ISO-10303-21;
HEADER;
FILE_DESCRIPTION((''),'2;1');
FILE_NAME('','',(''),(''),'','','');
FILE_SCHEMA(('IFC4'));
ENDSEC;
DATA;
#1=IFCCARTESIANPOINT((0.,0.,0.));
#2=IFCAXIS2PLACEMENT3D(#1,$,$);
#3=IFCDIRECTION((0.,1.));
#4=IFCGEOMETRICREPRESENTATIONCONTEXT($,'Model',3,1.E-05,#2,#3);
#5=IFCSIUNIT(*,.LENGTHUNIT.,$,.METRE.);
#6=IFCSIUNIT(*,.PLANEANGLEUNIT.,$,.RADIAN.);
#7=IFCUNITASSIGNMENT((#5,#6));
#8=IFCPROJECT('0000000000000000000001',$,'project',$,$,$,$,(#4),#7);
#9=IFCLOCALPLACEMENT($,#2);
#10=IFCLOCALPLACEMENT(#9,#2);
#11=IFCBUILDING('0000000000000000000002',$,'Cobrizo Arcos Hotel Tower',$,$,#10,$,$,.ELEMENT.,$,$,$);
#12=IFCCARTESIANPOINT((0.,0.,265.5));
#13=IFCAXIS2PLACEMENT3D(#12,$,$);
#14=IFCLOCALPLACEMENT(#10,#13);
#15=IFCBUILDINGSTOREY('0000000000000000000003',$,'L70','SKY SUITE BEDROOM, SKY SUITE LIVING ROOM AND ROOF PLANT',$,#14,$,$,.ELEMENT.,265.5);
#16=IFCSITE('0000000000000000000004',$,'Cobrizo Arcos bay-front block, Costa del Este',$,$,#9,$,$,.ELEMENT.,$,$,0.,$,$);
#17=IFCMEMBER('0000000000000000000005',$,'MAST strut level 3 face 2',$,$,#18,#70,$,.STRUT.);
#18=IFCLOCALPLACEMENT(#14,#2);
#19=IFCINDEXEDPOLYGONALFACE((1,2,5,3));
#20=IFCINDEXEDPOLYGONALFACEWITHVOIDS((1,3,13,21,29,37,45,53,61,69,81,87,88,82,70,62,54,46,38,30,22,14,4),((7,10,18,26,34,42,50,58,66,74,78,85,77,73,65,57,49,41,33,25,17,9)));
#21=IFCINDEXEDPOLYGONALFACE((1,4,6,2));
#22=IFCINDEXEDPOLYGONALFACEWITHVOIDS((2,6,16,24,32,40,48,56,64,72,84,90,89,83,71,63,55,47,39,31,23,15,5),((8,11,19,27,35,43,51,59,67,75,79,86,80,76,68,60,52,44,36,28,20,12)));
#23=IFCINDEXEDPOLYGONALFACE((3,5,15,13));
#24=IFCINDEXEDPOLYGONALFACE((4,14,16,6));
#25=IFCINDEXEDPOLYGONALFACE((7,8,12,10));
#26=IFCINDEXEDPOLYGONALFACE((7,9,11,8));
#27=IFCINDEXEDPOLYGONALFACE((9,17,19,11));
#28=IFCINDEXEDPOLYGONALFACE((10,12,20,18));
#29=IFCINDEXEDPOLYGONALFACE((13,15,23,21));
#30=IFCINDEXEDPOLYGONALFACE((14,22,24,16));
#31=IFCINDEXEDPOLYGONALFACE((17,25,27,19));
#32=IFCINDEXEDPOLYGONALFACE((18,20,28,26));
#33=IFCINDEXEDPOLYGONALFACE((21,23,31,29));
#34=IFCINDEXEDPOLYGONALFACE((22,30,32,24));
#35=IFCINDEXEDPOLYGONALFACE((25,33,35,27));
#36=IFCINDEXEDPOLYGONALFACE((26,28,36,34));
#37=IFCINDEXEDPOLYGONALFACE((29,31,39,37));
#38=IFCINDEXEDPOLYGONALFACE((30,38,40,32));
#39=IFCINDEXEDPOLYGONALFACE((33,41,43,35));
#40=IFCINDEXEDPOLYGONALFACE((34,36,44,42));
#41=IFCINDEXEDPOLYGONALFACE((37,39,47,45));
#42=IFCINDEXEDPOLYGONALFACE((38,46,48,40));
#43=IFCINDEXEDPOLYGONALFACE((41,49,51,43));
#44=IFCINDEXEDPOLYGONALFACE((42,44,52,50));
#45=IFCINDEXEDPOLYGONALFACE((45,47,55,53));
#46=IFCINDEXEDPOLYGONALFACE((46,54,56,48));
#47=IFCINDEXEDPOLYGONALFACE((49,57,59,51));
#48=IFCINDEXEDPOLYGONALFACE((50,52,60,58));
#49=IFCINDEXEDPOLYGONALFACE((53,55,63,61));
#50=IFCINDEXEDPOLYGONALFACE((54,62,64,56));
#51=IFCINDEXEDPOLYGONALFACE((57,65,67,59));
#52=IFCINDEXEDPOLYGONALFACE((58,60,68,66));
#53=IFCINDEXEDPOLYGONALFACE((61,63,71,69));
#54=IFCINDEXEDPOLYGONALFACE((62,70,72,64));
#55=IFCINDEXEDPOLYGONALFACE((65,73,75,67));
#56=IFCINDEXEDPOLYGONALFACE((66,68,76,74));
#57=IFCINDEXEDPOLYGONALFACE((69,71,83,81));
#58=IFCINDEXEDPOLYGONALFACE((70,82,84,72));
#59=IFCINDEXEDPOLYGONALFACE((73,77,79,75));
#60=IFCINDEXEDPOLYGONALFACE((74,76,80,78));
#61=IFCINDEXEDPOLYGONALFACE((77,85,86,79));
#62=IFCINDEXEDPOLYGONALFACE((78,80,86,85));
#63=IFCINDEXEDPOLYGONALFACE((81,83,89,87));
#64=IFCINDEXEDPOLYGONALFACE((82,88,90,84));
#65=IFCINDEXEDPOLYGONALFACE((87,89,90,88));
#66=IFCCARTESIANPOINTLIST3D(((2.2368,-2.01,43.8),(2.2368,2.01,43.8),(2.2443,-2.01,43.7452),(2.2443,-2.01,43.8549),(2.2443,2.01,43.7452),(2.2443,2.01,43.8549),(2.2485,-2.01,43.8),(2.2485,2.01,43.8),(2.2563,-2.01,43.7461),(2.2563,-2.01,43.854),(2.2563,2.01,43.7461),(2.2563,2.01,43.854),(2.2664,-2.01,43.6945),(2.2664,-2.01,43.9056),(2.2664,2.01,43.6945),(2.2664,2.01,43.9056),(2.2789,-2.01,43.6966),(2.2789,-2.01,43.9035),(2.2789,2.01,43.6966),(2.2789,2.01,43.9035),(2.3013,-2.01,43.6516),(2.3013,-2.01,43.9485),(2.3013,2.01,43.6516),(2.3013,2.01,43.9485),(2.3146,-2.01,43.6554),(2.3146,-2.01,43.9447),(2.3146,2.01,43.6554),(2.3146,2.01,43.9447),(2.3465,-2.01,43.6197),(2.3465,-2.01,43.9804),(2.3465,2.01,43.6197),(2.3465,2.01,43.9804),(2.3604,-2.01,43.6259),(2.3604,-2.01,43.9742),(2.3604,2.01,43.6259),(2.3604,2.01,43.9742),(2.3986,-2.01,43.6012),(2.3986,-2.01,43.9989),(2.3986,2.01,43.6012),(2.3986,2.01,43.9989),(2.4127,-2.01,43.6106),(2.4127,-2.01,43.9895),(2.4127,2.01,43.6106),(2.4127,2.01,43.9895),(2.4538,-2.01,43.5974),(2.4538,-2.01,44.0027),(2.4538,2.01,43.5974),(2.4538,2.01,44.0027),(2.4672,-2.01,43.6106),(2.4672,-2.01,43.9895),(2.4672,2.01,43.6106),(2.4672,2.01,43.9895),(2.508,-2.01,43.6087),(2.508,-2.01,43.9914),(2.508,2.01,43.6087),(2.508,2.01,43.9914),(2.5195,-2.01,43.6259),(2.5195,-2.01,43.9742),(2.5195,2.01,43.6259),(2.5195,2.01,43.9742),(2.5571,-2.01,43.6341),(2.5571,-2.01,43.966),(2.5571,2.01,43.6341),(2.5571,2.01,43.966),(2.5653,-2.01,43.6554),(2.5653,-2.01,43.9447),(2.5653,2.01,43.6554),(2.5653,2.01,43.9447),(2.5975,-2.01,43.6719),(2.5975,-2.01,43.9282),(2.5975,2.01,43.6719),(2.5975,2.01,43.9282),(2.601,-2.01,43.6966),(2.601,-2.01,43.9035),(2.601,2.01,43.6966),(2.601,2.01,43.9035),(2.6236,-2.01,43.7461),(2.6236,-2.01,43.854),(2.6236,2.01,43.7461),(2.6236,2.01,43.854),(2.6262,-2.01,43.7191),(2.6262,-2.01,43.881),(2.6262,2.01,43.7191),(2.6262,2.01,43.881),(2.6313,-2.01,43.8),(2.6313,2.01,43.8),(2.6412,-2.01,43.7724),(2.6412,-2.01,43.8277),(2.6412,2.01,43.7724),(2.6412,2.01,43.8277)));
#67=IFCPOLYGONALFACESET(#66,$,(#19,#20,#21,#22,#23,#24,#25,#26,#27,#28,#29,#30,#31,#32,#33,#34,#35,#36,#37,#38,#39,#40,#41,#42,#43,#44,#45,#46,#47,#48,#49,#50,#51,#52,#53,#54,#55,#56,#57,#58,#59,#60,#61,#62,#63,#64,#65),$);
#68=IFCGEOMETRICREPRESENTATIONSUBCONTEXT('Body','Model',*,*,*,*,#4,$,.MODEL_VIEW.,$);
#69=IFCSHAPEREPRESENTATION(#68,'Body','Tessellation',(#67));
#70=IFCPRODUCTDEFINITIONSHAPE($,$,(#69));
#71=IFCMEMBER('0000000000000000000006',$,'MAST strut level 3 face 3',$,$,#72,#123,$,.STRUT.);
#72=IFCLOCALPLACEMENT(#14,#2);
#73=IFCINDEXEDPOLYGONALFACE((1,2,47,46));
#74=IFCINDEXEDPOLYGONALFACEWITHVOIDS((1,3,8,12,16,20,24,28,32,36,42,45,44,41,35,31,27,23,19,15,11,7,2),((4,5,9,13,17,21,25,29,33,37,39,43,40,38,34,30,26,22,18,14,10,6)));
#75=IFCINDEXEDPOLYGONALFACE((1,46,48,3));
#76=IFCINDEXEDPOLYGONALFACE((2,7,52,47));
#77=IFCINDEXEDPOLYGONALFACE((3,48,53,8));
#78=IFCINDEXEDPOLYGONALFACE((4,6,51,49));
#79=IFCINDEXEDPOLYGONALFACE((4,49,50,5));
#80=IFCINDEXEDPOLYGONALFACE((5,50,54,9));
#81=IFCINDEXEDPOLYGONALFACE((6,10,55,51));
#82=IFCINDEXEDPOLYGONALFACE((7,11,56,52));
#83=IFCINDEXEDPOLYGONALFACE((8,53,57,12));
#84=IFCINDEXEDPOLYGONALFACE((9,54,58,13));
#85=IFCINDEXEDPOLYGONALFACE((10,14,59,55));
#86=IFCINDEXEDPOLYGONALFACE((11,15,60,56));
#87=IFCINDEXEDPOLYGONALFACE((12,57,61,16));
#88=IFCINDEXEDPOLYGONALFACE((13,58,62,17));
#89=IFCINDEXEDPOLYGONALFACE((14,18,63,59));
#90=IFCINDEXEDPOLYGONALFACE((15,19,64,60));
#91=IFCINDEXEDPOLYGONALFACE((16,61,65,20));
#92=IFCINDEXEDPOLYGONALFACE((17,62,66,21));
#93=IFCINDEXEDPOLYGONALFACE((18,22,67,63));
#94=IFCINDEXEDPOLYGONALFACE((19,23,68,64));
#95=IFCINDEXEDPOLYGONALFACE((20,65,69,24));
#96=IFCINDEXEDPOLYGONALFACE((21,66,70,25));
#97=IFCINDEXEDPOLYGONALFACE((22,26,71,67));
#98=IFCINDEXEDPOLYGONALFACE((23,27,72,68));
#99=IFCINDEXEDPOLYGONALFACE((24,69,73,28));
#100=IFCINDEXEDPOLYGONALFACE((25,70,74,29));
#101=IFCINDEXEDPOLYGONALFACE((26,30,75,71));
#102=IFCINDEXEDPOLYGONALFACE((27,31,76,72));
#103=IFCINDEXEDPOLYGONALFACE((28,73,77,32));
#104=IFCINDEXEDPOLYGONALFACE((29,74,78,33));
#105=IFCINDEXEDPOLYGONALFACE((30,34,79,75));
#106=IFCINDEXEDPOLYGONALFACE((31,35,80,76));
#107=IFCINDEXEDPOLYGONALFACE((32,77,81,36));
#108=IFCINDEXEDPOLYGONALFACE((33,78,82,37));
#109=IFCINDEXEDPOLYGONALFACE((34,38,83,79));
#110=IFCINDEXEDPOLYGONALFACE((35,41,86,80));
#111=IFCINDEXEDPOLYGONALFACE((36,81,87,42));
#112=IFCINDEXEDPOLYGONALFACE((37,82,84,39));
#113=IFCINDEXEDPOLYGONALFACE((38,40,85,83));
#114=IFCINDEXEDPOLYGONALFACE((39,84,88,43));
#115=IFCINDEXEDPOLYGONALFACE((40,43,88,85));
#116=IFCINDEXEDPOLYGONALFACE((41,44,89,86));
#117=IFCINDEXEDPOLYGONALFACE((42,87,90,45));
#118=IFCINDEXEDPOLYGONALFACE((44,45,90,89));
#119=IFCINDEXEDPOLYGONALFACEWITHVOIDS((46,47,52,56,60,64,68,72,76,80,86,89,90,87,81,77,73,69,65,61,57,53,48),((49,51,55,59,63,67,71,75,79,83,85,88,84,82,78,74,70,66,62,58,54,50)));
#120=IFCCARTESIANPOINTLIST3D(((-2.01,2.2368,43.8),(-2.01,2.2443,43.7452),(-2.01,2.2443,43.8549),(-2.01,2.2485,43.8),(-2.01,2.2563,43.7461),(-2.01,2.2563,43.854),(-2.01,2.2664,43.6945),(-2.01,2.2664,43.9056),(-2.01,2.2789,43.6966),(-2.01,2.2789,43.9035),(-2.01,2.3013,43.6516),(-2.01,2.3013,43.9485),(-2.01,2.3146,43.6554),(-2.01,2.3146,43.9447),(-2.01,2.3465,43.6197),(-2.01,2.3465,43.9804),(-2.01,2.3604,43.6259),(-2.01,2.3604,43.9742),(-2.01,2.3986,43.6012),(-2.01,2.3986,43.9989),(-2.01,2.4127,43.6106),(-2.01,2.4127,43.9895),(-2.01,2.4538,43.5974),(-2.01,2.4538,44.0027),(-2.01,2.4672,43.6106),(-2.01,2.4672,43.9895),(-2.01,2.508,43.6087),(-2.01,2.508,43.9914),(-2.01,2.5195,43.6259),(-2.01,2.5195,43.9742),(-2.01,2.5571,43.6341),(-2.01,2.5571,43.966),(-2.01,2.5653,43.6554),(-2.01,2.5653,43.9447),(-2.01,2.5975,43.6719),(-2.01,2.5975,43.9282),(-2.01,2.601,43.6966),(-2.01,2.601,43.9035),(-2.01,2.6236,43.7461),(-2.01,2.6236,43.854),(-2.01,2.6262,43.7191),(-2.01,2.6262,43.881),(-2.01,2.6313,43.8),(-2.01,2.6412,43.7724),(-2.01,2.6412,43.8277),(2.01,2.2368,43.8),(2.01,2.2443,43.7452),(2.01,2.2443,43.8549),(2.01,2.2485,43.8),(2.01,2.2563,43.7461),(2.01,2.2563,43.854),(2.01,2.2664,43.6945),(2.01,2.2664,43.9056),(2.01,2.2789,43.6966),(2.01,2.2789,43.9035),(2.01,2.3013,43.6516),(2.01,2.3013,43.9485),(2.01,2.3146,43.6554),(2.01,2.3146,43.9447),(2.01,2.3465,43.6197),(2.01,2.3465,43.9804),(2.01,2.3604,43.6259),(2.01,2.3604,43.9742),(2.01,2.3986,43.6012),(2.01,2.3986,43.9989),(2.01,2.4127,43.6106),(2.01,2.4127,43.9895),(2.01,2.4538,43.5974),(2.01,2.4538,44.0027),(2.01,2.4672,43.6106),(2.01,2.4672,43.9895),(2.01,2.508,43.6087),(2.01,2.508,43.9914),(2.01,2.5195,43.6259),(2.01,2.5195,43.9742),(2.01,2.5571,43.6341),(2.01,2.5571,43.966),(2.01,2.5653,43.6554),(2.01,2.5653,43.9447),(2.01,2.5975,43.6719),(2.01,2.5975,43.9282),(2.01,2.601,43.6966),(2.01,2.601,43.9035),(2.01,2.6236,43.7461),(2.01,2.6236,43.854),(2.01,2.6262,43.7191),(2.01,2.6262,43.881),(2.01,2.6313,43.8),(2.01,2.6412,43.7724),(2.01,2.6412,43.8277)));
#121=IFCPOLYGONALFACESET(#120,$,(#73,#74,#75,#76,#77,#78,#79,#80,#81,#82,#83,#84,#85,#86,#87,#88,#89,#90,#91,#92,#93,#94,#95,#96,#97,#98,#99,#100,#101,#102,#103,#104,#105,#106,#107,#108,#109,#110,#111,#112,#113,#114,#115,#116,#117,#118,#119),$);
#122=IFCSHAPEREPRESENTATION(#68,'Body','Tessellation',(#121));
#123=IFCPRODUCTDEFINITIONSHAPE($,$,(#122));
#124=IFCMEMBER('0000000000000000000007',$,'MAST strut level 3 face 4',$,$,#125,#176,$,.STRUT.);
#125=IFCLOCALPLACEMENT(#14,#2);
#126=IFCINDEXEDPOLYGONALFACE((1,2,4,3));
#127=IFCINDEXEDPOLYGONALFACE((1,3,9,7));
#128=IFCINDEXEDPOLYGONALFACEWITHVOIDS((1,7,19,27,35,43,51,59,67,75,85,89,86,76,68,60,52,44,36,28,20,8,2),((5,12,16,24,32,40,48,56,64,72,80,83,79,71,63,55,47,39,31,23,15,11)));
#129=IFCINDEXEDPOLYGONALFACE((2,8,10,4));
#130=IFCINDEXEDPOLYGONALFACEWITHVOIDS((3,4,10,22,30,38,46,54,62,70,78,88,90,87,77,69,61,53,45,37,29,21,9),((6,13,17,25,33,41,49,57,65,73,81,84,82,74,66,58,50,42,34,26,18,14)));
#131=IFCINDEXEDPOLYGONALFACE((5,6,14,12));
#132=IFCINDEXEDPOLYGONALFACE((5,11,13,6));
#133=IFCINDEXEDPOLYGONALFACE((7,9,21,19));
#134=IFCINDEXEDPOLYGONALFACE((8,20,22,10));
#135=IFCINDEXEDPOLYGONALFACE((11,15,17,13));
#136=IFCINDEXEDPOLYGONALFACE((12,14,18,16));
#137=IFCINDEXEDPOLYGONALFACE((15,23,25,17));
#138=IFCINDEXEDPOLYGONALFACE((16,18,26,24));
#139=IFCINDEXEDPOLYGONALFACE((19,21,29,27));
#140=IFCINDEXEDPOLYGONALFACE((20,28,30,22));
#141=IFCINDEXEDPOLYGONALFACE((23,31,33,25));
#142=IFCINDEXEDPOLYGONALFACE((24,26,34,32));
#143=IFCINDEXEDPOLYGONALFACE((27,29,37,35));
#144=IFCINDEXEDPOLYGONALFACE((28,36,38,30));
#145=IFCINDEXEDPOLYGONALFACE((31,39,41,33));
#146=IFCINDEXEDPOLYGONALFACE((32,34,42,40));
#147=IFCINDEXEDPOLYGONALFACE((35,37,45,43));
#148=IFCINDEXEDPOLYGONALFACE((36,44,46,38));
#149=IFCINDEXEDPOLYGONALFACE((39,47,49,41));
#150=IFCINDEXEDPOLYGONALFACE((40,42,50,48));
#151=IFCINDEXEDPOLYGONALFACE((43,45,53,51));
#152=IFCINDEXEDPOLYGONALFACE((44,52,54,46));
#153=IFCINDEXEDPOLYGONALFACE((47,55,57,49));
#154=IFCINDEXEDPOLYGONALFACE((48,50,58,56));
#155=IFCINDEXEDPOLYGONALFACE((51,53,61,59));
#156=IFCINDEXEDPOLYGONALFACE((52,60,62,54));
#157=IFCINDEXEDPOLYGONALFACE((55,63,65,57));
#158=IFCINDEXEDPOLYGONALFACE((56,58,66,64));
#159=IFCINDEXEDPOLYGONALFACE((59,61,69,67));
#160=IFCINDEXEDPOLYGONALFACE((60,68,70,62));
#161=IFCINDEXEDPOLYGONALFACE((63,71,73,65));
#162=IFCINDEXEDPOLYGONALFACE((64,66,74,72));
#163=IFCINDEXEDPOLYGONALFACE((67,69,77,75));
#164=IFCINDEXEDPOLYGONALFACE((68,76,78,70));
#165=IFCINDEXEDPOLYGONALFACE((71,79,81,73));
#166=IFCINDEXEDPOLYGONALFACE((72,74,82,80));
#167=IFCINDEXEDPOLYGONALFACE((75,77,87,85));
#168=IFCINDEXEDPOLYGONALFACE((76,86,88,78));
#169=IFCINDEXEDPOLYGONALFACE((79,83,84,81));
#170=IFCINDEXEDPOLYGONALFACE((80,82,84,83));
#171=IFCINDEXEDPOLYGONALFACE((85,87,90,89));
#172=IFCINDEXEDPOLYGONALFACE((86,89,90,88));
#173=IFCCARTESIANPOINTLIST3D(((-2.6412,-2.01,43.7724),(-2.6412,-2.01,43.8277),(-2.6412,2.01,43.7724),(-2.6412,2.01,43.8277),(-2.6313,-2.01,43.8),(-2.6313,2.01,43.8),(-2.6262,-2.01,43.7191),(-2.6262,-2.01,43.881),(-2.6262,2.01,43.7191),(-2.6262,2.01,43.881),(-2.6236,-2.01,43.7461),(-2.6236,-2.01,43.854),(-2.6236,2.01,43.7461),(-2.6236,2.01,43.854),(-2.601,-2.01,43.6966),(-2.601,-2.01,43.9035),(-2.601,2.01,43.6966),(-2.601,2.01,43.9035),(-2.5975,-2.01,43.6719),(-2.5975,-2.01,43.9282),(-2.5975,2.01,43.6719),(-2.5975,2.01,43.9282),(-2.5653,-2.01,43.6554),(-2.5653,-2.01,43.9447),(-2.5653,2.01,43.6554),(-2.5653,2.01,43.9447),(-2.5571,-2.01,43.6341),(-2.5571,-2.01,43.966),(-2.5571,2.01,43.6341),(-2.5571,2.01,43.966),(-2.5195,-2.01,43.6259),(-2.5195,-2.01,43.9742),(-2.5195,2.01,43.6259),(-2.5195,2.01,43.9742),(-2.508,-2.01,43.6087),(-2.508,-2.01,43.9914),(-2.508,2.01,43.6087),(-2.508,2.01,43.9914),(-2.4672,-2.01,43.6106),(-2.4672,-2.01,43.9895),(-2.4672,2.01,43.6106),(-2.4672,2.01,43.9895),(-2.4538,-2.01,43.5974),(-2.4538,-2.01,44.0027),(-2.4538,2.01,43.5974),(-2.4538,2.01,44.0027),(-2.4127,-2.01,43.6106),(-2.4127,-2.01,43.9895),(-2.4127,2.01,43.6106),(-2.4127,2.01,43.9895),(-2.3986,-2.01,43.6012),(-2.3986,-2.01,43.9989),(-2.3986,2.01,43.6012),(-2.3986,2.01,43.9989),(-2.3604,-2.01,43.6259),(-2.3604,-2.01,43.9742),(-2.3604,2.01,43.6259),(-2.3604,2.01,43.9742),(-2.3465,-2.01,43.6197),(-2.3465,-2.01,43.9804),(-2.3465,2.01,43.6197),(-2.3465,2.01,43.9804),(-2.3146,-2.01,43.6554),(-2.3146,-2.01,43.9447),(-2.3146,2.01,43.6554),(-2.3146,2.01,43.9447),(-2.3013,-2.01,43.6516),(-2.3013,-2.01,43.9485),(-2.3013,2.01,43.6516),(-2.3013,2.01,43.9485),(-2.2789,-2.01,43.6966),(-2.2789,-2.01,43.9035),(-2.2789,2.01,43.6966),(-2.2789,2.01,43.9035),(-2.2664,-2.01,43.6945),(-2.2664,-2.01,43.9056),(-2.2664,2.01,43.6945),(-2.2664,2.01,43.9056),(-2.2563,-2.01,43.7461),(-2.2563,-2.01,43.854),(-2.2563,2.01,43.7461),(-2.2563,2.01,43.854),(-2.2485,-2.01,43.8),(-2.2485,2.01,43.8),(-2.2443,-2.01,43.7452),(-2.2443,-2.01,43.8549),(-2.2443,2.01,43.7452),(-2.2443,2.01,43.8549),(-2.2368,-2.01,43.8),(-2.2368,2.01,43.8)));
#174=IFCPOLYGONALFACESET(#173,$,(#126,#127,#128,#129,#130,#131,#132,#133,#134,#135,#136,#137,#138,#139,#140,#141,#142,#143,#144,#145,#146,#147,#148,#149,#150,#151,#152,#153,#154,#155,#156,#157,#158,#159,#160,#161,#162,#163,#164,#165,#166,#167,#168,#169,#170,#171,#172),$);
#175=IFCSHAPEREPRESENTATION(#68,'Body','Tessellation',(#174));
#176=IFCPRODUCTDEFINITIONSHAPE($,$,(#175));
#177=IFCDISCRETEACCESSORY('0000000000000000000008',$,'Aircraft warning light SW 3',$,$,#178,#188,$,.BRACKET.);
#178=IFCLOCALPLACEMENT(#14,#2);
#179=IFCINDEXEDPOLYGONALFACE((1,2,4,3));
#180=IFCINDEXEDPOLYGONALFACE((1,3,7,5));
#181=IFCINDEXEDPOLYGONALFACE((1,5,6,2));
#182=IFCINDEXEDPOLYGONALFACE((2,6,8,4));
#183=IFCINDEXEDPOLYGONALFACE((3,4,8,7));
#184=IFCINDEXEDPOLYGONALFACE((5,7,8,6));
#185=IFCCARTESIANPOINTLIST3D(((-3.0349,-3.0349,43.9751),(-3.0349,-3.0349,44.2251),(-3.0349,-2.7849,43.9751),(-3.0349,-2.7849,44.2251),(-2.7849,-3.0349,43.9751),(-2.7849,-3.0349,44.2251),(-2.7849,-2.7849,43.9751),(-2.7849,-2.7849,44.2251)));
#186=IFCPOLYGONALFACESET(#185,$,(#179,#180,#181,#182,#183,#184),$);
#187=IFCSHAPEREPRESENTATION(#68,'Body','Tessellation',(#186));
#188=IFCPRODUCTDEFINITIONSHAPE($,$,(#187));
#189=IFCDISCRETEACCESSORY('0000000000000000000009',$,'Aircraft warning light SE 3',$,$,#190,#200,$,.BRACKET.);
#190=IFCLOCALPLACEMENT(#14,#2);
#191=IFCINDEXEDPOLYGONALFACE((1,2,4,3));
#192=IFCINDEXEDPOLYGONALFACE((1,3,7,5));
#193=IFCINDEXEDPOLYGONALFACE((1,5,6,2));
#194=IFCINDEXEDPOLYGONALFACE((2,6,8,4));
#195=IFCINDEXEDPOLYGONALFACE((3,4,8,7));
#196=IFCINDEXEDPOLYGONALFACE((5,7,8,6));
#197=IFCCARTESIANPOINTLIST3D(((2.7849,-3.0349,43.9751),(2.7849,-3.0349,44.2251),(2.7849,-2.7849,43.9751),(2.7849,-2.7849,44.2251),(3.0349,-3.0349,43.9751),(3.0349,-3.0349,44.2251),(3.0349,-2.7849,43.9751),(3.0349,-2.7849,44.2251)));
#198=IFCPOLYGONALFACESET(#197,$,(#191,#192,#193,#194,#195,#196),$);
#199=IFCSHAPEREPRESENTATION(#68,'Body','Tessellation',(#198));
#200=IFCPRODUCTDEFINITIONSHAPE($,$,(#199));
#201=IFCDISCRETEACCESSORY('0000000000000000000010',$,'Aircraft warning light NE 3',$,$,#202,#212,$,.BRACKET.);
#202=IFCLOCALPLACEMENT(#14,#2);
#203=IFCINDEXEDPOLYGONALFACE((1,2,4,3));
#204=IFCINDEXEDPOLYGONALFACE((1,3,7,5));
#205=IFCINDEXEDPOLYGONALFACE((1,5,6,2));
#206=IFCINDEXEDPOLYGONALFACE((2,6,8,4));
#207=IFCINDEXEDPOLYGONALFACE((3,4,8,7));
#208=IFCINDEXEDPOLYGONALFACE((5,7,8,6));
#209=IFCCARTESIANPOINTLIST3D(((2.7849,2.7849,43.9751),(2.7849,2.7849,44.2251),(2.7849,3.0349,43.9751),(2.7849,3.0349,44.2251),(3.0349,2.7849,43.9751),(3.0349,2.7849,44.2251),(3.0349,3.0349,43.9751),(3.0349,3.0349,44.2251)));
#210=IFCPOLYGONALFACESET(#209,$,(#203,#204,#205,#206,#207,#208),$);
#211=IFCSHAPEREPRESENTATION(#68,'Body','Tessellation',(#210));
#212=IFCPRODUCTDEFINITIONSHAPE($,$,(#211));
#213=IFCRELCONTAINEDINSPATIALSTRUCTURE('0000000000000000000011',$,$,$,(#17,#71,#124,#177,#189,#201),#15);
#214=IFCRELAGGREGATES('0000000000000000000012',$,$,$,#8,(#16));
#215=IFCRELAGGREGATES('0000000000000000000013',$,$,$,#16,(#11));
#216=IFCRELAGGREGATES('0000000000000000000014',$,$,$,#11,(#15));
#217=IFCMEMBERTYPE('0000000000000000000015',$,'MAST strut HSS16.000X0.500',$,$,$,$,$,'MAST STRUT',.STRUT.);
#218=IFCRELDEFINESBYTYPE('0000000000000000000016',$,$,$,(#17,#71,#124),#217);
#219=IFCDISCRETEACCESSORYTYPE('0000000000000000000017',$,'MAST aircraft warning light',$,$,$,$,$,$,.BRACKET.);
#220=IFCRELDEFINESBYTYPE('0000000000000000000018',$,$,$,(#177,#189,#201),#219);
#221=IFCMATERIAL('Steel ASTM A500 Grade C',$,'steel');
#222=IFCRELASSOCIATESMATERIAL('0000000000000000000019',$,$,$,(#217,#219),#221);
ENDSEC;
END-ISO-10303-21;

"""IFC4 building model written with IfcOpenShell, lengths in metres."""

from ifc_helpers import new_model, si_unit, direction, frame, origin, origin_2d, place, context, subcontext, project, spatial, rectangle, hollow_circle, extrude, material, material_profile, profile_set, type_object, element, save


model = new_model("IFC4")

# Units and contexts
model_context = context("Model", 3, precision=1e-05, world=origin(), true_north=direction((0.0, 1.0)))
body_context = subcontext(model_context, "Body", "Model", "MODEL_VIEW")
ifc_project = project(units=[si_unit("LENGTHUNIT", "METRE"), si_unit("PLANEANGLEUNIT", "RADIAN")], contexts=[model_context])

# Site, building, storey
site_placement = place(None, origin())
site = spatial("IfcSite", under=ifc_project, at=site_placement, Name="Cobrizo Arcos bay-front block, Costa del Este", CompositionType="ELEMENT", RefElevation=0.0)
building_placement = place(site_placement, origin())
building = spatial("IfcBuilding", under=site, at=building_placement, Name="Cobrizo Arcos Hotel Tower", CompositionType="ELEMENT")
storey_placement = place(building_placement, frame((0.0, 0.0, 265.5)))
storey = spatial("IfcBuildingStorey", under=building, at=storey_placement, Name="L70", Description="SKY SUITE BEDROOM, SKY SUITE LIVING ROOM AND ROOF PLANT", CompositionType="ELEMENT", Elevation=265.5)

# Members
ifc_material_1 = material(Name="Steel ASTM A500 Grade C", Category="steel")
ifc_material_profile_1 = material_profile(ifc_material_1, hollow_circle(Radius=0.2031, WallThickness=0.0117, at=origin_2d()), Name="HSS16.000X0.500")
ifc_profile_set_1 = profile_set([ifc_material_profile_1], Name="Steel ASTM A500 Grade C")
member_type_1 = type_object("IfcMemberType", Name="MAST strut HSS16.000X0.500", ElementType="MAST STRUT", PredefinedType="STRUT", material=ifc_profile_set_1)
for number, where, z_axis, x_axis, name in (
    (1, (2.4399, -2.01, 43.8), (0.0, 1.0, 0.0), (-1.0, 0.0, 0.0), "MAST strut level 3 face 2"),
    (2, (2.01, 2.4399, 43.8), (-1.0, 0.0, 0.0), (0.0, -1.0, 0.0), "MAST strut level 3 face 3"),
    (3, (-2.4399, 2.01, 43.8), (0.0, -1.0, 0.0), (1.0, 0.0, 0.0), "MAST strut level 3 face 4"),
):
    element("IfcMember", number, at=place(storey_placement, frame(where, z_axis=z_axis, x_axis=x_axis)), inside=storey, type_object=member_type_1, Name=name, PredefinedType="STRUT", context=body_context, shape_type="SweptSolid", body=[
        extrude(hollow_circle(Radius=0.2031, WallThickness=0.0117, at=origin_2d()), origin(), (0.0, 0.0, 1.0), 4.02),
    ])

# Discrete accessories
discrete_accessory_type = type_object("IfcDiscreteAccessoryType", Name="MAST aircraft warning light", PredefinedType="BRACKET", material=ifc_material_1)
for number, where, z_axis, x_axis, name in (
    (4, (-2.9099, -2.9099, 43.9751), (0.0, 0.0, 1.0), (1.0, 0.0, 0.0), "Aircraft warning light SW 3"),
    (5, (2.9099, -2.9099, 43.9751), (0.0, 0.0, 1.0), (1.0, 0.0, 0.0), "Aircraft warning light SE 3"),
    (6, (2.9099, 2.9099, 43.9751), (0.0, 0.0, 1.0), (1.0, 0.0, 0.0), "Aircraft warning light NE 3"),
):
    element("IfcDiscreteAccessory", number, at=place(storey_placement, frame(where, z_axis=z_axis, x_axis=x_axis)), inside=storey, type_object=discrete_accessory_type, Name=name, PredefinedType="BRACKET", context=body_context, shape_type="SweptSolid", body=[
        extrude(rectangle(XDim=0.25, YDim=0.25, at=origin_2d()), origin(), (0.0, 0.0, 1.0), 0.25),
    ])

save(model, "model.ifc")
